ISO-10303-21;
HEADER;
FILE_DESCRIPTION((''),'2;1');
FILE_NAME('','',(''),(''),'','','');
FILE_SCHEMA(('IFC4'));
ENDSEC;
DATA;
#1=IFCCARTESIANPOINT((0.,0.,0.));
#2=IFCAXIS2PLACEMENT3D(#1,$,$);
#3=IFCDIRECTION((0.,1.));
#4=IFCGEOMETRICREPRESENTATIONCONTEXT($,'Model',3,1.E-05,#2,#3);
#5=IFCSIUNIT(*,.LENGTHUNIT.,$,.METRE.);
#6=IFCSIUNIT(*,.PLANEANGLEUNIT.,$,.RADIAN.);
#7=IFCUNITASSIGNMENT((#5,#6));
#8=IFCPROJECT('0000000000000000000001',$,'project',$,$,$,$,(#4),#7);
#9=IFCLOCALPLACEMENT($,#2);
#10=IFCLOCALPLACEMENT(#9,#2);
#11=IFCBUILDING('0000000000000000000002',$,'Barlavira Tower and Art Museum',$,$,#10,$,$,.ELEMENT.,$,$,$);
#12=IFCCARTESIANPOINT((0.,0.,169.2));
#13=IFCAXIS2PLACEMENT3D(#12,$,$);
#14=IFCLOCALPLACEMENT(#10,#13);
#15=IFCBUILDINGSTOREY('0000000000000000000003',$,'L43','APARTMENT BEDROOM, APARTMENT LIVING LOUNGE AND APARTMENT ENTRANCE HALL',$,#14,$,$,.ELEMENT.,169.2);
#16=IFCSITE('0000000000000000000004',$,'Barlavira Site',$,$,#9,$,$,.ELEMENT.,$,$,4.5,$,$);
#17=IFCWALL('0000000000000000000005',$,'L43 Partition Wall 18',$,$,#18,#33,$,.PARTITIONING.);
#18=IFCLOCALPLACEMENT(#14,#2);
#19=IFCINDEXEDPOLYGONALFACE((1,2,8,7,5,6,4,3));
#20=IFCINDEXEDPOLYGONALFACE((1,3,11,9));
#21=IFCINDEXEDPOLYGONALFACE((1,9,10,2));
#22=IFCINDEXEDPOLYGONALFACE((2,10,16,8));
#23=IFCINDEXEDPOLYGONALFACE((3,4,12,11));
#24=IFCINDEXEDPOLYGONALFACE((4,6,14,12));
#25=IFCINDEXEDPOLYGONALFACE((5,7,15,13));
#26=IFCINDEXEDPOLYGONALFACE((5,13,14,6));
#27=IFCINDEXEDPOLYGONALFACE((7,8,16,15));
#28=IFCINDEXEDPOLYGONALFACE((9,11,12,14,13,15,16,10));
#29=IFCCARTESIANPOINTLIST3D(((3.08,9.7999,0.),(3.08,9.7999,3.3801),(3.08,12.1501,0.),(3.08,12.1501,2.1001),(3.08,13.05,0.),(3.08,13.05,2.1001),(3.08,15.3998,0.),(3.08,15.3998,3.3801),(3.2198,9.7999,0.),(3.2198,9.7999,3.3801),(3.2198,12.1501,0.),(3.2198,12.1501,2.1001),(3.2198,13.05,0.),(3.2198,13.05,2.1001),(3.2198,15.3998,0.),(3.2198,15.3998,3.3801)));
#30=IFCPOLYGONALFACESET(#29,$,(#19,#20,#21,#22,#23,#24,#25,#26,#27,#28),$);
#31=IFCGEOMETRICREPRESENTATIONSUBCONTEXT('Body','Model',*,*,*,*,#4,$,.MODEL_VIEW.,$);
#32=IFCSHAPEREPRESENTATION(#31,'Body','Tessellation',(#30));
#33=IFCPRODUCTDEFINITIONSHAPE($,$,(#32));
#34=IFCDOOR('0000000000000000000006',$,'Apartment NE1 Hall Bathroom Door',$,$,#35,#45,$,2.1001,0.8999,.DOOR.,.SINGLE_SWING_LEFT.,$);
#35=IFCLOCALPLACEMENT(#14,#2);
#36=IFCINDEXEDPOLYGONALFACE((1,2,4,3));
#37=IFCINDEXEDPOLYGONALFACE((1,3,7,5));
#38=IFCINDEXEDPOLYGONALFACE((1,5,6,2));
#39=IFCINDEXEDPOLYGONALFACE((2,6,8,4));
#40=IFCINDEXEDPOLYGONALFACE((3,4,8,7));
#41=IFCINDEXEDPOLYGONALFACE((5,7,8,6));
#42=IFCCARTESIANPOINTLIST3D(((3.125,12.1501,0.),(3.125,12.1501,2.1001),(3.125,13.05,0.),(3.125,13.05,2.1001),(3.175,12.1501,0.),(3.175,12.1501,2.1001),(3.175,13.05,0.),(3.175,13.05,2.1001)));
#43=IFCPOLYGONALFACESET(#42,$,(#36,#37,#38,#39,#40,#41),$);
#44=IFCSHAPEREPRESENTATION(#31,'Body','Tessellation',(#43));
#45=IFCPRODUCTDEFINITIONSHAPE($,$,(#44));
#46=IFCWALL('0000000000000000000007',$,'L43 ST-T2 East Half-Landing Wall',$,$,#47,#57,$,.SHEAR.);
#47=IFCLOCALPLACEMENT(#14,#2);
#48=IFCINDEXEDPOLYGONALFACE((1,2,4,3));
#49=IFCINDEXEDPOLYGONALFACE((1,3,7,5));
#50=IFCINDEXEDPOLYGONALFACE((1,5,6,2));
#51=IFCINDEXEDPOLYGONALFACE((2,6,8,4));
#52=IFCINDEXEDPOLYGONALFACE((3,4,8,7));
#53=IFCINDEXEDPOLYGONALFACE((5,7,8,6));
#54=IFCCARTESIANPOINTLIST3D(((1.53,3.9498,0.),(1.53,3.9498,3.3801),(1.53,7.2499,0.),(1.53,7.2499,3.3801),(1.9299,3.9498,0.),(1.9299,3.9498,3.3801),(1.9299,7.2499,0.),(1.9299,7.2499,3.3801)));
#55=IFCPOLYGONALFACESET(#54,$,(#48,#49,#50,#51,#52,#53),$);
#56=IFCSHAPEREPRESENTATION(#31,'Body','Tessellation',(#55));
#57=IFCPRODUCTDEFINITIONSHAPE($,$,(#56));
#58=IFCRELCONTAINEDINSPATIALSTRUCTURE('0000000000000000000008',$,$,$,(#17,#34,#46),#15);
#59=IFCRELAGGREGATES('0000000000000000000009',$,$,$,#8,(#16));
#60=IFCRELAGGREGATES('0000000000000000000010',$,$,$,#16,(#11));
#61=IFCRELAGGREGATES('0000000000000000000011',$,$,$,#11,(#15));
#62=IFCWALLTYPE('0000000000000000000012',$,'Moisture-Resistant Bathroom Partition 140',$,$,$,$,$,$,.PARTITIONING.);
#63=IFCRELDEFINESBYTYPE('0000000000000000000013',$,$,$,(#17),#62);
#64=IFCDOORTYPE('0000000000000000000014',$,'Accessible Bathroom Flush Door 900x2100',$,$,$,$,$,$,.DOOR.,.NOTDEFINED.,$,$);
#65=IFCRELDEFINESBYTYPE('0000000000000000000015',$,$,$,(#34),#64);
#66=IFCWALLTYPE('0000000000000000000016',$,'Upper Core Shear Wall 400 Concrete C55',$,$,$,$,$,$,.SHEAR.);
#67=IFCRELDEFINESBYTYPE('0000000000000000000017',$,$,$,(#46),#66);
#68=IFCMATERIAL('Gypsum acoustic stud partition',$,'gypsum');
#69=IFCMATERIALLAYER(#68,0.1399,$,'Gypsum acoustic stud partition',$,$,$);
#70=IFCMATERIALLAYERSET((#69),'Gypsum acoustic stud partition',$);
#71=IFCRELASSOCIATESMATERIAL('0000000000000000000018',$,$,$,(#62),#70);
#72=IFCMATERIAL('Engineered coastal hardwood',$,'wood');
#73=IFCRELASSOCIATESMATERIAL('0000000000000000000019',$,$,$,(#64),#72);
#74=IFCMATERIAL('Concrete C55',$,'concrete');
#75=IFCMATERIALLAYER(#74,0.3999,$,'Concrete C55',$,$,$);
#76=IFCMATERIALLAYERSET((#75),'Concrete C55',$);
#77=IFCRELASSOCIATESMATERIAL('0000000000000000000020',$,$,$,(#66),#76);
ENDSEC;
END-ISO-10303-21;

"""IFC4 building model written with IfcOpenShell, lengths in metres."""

from ifc_helpers import new_model, si_unit, direction, frame, frame_2d, origin, place, context, subcontext, project, spatial, rectangle, extrude, material, layer, layer_set, type_object, element, fill, save


model = new_model("IFC4")

# Units and contexts
model_context = context("Model", 3, precision=1e-05, world=origin(), true_north=direction((0.0, 1.0)))
body_context = subcontext(model_context, "Body", "Model", "MODEL_VIEW")
ifc_project = project(units=[si_unit("LENGTHUNIT", "METRE"), si_unit("PLANEANGLEUNIT", "RADIAN")], contexts=[model_context])

# Site, building, storey
site_placement = place(None, origin())
site = spatial("IfcSite", under=ifc_project, at=site_placement, Name="Barlavira Site", CompositionType="ELEMENT", RefElevation=4.5)
building_placement = place(site_placement, origin())
building = spatial("IfcBuilding", under=site, at=building_placement, Name="Barlavira Tower and Art Museum", CompositionType="ELEMENT")
storey_placement = place(building_placement, frame((0.0, 0.0, 169.2)))
storey = spatial("IfcBuildingStorey", under=building, at=storey_placement, Name="L43", Description="APARTMENT BEDROOM, APARTMENT LIVING LOUNGE AND APARTMENT ENTRANCE HALL", CompositionType="ELEMENT", Elevation=169.2)

# Shared definitions
ifc_material_1 = material(Name="Gypsum acoustic stud partition", Category="gypsum")

# Wall, opening, door
ifc_layer_1 = layer(ifc_material_1, 0.1399, Name="Gypsum acoustic stud partition")
ifc_layer_set_1 = layer_set([ifc_layer_1], Name="Gypsum acoustic stud partition")
wall_type_1 = type_object("IfcWallType", Name="Moisture-Resistant Bathroom Partition 140", PredefinedType="PARTITIONING", material=ifc_layer_set_1)
wall_1_placement = place(storey_placement, frame((3.1499, 9.8, 0.0), z_axis=(0.0, 0.0, 1.0), x_axis=(0.0, 1.0, 0.0)))
wall_1 = element("IfcWall", 1, at=wall_1_placement, inside=storey, type_object=wall_type_1, Name="L43 Partition Wall 18", PredefinedType="PARTITIONING", context=body_context, shape_type="SweptSolid", body=[
    extrude(rectangle(XDim=5.5999, YDim=0.1399, at=frame_2d((2.7998, 0.0))), origin(), (0.0, 0.0, 1.0), 3.3801),
])
opening_1_placement = place(wall_1_placement, frame((2.3501, 0.0, 0.0)))
opening_1 = element("IfcOpeningElement", 2, at=opening_1_placement, cuts=wall_1, PredefinedType="OPENING", context=body_context, shape_type="SweptSolid", body=[
    extrude(rectangle(XDim=0.8999, YDim=2.1001, at=frame_2d((0.45, 1.05))), frame((0.0, 0.0801, 0.0), z_axis=(0.0, -1.0, 0.0), x_axis=(1.0, 0.0, 0.0)), (0.0, 0.0, 1.0), 0.1599),
])
ifc_material_2 = material(Name="Engineered coastal hardwood", Category="wood")
door_type_1 = type_object("IfcDoorType", Name="Accessible Bathroom Flush Door 900x2100", OperationType="NOTDEFINED", PredefinedType="DOOR", material=ifc_material_2)
door_1_placement = place(opening_1_placement, origin())
door_1 = element("IfcDoor", 3, at=door_1_placement, inside=storey, type_object=door_type_1, Name="Apartment NE1 Hall Bathroom Door", OperationType="SINGLE_SWING_LEFT", OverallHeight=2.1001, OverallWidth=0.8999, PredefinedType="DOOR", context=body_context, shape_type="SweptSolid", body=[
    extrude(rectangle(XDim=0.8999, YDim=2.1001, at=frame_2d((0.45, 1.05))), frame((0.0, 0.0249, 0.0), z_axis=(0.0, -1.0, 0.0), x_axis=(1.0, 0.0, 0.0)), (0.0, 0.0, 1.0), 0.05),
])
fill(opening_1, door_1)

# Wall
ifc_material_3 = material(Name="Concrete C55", Category="concrete")
ifc_layer_2 = layer(ifc_material_3, 0.3999, Name="Concrete C55")
ifc_layer_set_2 = layer_set([ifc_layer_2], Name="Concrete C55")
wall_type_2 = type_object("IfcWallType", Name="Upper Core Shear Wall 400 Concrete C55", PredefinedType="SHEAR", material=ifc_layer_set_2)
wall_2_placement = place(storey_placement, frame((1.73, 3.95, 0.0), z_axis=(0.0, 0.0, 1.0), x_axis=(0.0, 1.0, 0.0)))
element("IfcWall", 4, at=wall_2_placement, inside=storey, type_object=wall_type_2, Name="L43 ST-T2 East Half-Landing Wall", PredefinedType="SHEAR", context=body_context, shape_type="SweptSolid", body=[
    extrude(rectangle(XDim=3.3, YDim=0.3999, at=frame_2d((1.6499, 0.0))), origin(), (0.0, 0.0, 1.0), 3.3801),
])

save(model, "model.ifc")
